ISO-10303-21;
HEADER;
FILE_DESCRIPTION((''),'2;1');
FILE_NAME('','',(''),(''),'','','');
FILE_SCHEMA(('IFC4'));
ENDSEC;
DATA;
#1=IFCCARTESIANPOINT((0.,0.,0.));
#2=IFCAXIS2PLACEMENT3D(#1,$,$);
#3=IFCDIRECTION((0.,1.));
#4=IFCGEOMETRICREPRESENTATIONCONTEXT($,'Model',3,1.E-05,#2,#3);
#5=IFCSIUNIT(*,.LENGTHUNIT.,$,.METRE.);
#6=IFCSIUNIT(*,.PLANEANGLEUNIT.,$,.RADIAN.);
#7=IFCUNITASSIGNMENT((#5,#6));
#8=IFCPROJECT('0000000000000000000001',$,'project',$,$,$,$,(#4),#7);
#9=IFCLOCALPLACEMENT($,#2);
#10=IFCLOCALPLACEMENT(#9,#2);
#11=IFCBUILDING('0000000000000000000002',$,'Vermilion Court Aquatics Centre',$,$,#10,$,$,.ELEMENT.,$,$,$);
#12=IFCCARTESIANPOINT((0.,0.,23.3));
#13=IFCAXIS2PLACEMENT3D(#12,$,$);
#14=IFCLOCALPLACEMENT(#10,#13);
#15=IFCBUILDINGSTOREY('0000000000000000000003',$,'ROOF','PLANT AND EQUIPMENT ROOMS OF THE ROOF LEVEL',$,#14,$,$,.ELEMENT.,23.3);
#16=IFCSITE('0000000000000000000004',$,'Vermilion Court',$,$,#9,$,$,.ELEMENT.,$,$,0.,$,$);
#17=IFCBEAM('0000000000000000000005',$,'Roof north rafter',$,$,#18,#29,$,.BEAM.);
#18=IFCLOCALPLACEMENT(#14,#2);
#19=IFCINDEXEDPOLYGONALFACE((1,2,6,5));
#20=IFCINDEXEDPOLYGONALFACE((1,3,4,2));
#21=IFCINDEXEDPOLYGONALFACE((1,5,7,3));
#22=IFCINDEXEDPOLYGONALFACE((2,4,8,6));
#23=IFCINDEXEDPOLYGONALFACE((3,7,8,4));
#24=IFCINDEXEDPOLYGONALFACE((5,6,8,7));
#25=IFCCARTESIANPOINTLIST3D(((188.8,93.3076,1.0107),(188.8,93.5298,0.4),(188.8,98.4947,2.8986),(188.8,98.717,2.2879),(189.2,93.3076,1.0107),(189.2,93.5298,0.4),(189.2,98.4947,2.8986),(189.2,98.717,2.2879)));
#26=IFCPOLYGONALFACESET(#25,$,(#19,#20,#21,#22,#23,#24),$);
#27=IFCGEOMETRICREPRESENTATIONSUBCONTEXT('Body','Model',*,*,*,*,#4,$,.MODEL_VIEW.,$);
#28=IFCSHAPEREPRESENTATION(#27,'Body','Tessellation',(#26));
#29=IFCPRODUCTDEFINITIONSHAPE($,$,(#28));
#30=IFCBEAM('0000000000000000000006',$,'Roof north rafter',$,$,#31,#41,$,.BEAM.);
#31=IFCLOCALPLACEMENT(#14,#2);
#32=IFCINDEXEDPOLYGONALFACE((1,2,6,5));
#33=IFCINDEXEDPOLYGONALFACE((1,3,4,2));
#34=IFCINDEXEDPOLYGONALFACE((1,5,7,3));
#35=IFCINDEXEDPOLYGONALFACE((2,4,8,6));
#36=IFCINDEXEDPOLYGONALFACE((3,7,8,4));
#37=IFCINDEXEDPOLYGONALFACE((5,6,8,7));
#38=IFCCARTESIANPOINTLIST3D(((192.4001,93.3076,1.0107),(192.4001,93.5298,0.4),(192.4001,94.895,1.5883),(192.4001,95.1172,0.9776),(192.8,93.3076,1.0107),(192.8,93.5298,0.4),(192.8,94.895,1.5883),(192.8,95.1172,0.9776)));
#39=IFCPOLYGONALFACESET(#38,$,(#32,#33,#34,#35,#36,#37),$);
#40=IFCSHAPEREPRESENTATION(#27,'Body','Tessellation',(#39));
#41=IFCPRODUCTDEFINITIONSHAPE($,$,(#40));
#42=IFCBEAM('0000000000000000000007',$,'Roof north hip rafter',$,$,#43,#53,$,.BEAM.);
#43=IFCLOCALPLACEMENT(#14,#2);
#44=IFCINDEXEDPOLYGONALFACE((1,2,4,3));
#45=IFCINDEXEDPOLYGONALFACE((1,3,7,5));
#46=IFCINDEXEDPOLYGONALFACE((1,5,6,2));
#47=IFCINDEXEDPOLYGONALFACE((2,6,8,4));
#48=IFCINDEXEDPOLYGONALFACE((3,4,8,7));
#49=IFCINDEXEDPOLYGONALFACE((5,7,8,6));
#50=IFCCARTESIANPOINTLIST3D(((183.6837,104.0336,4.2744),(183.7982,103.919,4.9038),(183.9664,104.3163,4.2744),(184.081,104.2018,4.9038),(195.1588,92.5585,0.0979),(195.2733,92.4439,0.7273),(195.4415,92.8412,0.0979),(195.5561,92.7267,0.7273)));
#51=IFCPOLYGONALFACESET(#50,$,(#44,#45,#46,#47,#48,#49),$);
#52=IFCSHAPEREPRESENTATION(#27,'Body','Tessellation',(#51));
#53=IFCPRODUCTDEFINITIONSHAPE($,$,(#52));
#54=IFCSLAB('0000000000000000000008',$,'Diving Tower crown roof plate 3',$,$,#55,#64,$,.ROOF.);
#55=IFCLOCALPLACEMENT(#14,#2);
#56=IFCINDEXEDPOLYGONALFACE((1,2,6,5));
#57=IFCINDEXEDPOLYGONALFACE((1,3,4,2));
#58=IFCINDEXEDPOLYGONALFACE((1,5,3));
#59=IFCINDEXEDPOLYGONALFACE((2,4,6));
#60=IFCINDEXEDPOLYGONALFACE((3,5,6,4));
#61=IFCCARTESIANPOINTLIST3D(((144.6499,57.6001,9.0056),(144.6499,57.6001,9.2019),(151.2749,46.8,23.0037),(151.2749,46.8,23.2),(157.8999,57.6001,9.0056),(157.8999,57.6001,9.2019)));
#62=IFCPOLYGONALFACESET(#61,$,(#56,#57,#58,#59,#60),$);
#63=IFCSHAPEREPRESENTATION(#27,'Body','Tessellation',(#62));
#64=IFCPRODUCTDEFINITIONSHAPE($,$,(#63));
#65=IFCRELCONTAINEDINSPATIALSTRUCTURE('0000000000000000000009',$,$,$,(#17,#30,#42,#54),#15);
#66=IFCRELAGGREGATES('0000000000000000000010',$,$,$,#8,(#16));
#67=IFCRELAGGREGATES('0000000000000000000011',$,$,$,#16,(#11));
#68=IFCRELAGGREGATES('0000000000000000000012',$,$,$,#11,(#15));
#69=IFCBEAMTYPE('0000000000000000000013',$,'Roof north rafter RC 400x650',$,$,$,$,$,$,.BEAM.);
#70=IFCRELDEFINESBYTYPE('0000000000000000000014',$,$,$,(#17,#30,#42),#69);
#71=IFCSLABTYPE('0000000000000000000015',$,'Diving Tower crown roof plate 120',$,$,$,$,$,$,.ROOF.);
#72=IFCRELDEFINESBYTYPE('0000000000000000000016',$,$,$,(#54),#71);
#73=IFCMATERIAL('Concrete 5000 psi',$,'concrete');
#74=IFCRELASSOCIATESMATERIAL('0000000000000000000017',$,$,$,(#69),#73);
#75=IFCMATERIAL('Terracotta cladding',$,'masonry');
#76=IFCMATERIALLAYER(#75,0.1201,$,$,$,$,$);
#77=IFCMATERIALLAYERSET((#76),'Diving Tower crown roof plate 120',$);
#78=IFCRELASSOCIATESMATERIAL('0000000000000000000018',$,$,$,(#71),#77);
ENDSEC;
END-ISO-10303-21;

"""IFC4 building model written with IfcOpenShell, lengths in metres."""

from ifc_helpers import new_model, si_unit, direction, frame, origin, origin_2d, place, context, subcontext, project, spatial, polyline, rectangle, outline, extrude, material, layer, layer_set, material_profile, profile_set, type_object, element, save


model = new_model("IFC4")

# Units and contexts
model_context = context("Model", 3, precision=1e-05, world=origin(), true_north=direction((0.0, 1.0)))
body_context = subcontext(model_context, "Body", "Model", "MODEL_VIEW")
ifc_project = project(units=[si_unit("LENGTHUNIT", "METRE"), si_unit("PLANEANGLEUNIT", "RADIAN")], contexts=[model_context])

# Site, building, storey
site_placement = place(None, origin())
site = spatial("IfcSite", under=ifc_project, at=site_placement, Name="Vermilion Court", CompositionType="ELEMENT", RefElevation=0.0)
building_placement = place(site_placement, origin())
building = spatial("IfcBuilding", under=site, at=building_placement, Name="Vermilion Court Aquatics Centre", CompositionType="ELEMENT")
storey_placement = place(building_placement, frame((0.0, 0.0, 23.3)))
storey = spatial("IfcBuildingStorey", under=building, at=storey_placement, Name="ROOF", Description="PLANT AND EQUIPMENT ROOMS OF THE ROOF LEVEL", CompositionType="ELEMENT", Elevation=23.3)

# Beams
ifc_material_1 = material(Name="Concrete 5000 psi", Category="concrete")
ifc_material_profile_1 = material_profile(ifc_material_1, rectangle(XDim=0.3999, YDim=0.6499, at=origin_2d()), Name="RC 400x650")
ifc_profile_set_1 = profile_set([ifc_material_profile_1], Name="Concrete 5000 psi")
beam_type_1 = type_object("IfcBeamType", Name="Roof north rafter RC 400x650", PredefinedType="BEAM", material=ifc_profile_set_1)
beam_1_placement = place(storey_placement, frame((189.0, 93.4187, 0.7053), z_axis=(0.0, 0.939697, 0.342009), x_axis=(-1.0, 0.0, 0.0)))
element("IfcBeam", 1, at=beam_1_placement, inside=storey, type_object=beam_type_1, Name="Roof north rafter", PredefinedType="BEAM", context=body_context, shape_type="SweptSolid", body=[
    extrude(rectangle(XDim=0.3999, YDim=0.6499, at=origin_2d()), origin(), (0.0, 0.0, 1.0), 5.52),
])
beam_2_placement = place(storey_placement, frame((192.6001, 93.4187, 0.7053), z_axis=(0.0, 0.939717, 0.341952), x_axis=(-1.0, 0.0, 0.0)))
element("IfcBeam", 2, at=beam_2_placement, inside=storey, type_object=beam_type_1, Name="Roof north rafter", PredefinedType="BEAM", context=body_context, shape_type="SweptSolid", body=[
    extrude(rectangle(XDim=0.3999, YDim=0.6499, at=origin_2d()), origin(), (0.0, 0.0, 1.0), 1.6892),
])
beam_3_placement = place(storey_placement, frame((195.3574, 92.6426, 0.4126), z_axis=(-0.684792, 0.684792, 0.249239), x_axis=(-0.707107, -0.707107, 0.0)))
element("IfcBeam", 3, at=beam_3_placement, inside=storey, type_object=beam_type_1, Name="Roof north hip rafter", PredefinedType="BEAM", context=body_context, shape_type="SweptSolid", body=[
    extrude(rectangle(XDim=0.3999, YDim=0.6499, at=origin_2d()), origin(), (0.0, 0.0, 1.0), 16.7571),
])

# Slab
ifc_material_2 = material(Name="Terracotta cladding", Category="masonry")
ifc_layer_1 = layer(ifc_material_2, 0.1201)
ifc_layer_set_1 = layer_set([ifc_layer_1], Name="Diving Tower crown roof plate 120")
slab_type_1 = type_object("IfcSlabType", Name="Diving Tower crown roof plate 120", PredefinedType="ROOF", material=ifc_layer_set_1)
slab_1_placement = place(storey_placement, frame((157.8999, 57.6001, 9.2019), z_axis=(0.0, 0.79174, 0.610859), x_axis=(-1.0, 0.0, 0.0)))
element("IfcSlab", 4, at=slab_1_placement, inside=storey, type_object=slab_type_1, Name="Diving Tower crown roof plate 3", PredefinedType="ROOF", context=body_context, shape_type="SweptSolid", body=[
    extrude(outline(polyline([(0.0, 0.0), (13.25, 0.0), (6.625, 17.6801), (0.0, 0.0)])), origin(), (0.0, -0.79174, -0.610859), 0.1963),
])

save(model, "model.ifc")
